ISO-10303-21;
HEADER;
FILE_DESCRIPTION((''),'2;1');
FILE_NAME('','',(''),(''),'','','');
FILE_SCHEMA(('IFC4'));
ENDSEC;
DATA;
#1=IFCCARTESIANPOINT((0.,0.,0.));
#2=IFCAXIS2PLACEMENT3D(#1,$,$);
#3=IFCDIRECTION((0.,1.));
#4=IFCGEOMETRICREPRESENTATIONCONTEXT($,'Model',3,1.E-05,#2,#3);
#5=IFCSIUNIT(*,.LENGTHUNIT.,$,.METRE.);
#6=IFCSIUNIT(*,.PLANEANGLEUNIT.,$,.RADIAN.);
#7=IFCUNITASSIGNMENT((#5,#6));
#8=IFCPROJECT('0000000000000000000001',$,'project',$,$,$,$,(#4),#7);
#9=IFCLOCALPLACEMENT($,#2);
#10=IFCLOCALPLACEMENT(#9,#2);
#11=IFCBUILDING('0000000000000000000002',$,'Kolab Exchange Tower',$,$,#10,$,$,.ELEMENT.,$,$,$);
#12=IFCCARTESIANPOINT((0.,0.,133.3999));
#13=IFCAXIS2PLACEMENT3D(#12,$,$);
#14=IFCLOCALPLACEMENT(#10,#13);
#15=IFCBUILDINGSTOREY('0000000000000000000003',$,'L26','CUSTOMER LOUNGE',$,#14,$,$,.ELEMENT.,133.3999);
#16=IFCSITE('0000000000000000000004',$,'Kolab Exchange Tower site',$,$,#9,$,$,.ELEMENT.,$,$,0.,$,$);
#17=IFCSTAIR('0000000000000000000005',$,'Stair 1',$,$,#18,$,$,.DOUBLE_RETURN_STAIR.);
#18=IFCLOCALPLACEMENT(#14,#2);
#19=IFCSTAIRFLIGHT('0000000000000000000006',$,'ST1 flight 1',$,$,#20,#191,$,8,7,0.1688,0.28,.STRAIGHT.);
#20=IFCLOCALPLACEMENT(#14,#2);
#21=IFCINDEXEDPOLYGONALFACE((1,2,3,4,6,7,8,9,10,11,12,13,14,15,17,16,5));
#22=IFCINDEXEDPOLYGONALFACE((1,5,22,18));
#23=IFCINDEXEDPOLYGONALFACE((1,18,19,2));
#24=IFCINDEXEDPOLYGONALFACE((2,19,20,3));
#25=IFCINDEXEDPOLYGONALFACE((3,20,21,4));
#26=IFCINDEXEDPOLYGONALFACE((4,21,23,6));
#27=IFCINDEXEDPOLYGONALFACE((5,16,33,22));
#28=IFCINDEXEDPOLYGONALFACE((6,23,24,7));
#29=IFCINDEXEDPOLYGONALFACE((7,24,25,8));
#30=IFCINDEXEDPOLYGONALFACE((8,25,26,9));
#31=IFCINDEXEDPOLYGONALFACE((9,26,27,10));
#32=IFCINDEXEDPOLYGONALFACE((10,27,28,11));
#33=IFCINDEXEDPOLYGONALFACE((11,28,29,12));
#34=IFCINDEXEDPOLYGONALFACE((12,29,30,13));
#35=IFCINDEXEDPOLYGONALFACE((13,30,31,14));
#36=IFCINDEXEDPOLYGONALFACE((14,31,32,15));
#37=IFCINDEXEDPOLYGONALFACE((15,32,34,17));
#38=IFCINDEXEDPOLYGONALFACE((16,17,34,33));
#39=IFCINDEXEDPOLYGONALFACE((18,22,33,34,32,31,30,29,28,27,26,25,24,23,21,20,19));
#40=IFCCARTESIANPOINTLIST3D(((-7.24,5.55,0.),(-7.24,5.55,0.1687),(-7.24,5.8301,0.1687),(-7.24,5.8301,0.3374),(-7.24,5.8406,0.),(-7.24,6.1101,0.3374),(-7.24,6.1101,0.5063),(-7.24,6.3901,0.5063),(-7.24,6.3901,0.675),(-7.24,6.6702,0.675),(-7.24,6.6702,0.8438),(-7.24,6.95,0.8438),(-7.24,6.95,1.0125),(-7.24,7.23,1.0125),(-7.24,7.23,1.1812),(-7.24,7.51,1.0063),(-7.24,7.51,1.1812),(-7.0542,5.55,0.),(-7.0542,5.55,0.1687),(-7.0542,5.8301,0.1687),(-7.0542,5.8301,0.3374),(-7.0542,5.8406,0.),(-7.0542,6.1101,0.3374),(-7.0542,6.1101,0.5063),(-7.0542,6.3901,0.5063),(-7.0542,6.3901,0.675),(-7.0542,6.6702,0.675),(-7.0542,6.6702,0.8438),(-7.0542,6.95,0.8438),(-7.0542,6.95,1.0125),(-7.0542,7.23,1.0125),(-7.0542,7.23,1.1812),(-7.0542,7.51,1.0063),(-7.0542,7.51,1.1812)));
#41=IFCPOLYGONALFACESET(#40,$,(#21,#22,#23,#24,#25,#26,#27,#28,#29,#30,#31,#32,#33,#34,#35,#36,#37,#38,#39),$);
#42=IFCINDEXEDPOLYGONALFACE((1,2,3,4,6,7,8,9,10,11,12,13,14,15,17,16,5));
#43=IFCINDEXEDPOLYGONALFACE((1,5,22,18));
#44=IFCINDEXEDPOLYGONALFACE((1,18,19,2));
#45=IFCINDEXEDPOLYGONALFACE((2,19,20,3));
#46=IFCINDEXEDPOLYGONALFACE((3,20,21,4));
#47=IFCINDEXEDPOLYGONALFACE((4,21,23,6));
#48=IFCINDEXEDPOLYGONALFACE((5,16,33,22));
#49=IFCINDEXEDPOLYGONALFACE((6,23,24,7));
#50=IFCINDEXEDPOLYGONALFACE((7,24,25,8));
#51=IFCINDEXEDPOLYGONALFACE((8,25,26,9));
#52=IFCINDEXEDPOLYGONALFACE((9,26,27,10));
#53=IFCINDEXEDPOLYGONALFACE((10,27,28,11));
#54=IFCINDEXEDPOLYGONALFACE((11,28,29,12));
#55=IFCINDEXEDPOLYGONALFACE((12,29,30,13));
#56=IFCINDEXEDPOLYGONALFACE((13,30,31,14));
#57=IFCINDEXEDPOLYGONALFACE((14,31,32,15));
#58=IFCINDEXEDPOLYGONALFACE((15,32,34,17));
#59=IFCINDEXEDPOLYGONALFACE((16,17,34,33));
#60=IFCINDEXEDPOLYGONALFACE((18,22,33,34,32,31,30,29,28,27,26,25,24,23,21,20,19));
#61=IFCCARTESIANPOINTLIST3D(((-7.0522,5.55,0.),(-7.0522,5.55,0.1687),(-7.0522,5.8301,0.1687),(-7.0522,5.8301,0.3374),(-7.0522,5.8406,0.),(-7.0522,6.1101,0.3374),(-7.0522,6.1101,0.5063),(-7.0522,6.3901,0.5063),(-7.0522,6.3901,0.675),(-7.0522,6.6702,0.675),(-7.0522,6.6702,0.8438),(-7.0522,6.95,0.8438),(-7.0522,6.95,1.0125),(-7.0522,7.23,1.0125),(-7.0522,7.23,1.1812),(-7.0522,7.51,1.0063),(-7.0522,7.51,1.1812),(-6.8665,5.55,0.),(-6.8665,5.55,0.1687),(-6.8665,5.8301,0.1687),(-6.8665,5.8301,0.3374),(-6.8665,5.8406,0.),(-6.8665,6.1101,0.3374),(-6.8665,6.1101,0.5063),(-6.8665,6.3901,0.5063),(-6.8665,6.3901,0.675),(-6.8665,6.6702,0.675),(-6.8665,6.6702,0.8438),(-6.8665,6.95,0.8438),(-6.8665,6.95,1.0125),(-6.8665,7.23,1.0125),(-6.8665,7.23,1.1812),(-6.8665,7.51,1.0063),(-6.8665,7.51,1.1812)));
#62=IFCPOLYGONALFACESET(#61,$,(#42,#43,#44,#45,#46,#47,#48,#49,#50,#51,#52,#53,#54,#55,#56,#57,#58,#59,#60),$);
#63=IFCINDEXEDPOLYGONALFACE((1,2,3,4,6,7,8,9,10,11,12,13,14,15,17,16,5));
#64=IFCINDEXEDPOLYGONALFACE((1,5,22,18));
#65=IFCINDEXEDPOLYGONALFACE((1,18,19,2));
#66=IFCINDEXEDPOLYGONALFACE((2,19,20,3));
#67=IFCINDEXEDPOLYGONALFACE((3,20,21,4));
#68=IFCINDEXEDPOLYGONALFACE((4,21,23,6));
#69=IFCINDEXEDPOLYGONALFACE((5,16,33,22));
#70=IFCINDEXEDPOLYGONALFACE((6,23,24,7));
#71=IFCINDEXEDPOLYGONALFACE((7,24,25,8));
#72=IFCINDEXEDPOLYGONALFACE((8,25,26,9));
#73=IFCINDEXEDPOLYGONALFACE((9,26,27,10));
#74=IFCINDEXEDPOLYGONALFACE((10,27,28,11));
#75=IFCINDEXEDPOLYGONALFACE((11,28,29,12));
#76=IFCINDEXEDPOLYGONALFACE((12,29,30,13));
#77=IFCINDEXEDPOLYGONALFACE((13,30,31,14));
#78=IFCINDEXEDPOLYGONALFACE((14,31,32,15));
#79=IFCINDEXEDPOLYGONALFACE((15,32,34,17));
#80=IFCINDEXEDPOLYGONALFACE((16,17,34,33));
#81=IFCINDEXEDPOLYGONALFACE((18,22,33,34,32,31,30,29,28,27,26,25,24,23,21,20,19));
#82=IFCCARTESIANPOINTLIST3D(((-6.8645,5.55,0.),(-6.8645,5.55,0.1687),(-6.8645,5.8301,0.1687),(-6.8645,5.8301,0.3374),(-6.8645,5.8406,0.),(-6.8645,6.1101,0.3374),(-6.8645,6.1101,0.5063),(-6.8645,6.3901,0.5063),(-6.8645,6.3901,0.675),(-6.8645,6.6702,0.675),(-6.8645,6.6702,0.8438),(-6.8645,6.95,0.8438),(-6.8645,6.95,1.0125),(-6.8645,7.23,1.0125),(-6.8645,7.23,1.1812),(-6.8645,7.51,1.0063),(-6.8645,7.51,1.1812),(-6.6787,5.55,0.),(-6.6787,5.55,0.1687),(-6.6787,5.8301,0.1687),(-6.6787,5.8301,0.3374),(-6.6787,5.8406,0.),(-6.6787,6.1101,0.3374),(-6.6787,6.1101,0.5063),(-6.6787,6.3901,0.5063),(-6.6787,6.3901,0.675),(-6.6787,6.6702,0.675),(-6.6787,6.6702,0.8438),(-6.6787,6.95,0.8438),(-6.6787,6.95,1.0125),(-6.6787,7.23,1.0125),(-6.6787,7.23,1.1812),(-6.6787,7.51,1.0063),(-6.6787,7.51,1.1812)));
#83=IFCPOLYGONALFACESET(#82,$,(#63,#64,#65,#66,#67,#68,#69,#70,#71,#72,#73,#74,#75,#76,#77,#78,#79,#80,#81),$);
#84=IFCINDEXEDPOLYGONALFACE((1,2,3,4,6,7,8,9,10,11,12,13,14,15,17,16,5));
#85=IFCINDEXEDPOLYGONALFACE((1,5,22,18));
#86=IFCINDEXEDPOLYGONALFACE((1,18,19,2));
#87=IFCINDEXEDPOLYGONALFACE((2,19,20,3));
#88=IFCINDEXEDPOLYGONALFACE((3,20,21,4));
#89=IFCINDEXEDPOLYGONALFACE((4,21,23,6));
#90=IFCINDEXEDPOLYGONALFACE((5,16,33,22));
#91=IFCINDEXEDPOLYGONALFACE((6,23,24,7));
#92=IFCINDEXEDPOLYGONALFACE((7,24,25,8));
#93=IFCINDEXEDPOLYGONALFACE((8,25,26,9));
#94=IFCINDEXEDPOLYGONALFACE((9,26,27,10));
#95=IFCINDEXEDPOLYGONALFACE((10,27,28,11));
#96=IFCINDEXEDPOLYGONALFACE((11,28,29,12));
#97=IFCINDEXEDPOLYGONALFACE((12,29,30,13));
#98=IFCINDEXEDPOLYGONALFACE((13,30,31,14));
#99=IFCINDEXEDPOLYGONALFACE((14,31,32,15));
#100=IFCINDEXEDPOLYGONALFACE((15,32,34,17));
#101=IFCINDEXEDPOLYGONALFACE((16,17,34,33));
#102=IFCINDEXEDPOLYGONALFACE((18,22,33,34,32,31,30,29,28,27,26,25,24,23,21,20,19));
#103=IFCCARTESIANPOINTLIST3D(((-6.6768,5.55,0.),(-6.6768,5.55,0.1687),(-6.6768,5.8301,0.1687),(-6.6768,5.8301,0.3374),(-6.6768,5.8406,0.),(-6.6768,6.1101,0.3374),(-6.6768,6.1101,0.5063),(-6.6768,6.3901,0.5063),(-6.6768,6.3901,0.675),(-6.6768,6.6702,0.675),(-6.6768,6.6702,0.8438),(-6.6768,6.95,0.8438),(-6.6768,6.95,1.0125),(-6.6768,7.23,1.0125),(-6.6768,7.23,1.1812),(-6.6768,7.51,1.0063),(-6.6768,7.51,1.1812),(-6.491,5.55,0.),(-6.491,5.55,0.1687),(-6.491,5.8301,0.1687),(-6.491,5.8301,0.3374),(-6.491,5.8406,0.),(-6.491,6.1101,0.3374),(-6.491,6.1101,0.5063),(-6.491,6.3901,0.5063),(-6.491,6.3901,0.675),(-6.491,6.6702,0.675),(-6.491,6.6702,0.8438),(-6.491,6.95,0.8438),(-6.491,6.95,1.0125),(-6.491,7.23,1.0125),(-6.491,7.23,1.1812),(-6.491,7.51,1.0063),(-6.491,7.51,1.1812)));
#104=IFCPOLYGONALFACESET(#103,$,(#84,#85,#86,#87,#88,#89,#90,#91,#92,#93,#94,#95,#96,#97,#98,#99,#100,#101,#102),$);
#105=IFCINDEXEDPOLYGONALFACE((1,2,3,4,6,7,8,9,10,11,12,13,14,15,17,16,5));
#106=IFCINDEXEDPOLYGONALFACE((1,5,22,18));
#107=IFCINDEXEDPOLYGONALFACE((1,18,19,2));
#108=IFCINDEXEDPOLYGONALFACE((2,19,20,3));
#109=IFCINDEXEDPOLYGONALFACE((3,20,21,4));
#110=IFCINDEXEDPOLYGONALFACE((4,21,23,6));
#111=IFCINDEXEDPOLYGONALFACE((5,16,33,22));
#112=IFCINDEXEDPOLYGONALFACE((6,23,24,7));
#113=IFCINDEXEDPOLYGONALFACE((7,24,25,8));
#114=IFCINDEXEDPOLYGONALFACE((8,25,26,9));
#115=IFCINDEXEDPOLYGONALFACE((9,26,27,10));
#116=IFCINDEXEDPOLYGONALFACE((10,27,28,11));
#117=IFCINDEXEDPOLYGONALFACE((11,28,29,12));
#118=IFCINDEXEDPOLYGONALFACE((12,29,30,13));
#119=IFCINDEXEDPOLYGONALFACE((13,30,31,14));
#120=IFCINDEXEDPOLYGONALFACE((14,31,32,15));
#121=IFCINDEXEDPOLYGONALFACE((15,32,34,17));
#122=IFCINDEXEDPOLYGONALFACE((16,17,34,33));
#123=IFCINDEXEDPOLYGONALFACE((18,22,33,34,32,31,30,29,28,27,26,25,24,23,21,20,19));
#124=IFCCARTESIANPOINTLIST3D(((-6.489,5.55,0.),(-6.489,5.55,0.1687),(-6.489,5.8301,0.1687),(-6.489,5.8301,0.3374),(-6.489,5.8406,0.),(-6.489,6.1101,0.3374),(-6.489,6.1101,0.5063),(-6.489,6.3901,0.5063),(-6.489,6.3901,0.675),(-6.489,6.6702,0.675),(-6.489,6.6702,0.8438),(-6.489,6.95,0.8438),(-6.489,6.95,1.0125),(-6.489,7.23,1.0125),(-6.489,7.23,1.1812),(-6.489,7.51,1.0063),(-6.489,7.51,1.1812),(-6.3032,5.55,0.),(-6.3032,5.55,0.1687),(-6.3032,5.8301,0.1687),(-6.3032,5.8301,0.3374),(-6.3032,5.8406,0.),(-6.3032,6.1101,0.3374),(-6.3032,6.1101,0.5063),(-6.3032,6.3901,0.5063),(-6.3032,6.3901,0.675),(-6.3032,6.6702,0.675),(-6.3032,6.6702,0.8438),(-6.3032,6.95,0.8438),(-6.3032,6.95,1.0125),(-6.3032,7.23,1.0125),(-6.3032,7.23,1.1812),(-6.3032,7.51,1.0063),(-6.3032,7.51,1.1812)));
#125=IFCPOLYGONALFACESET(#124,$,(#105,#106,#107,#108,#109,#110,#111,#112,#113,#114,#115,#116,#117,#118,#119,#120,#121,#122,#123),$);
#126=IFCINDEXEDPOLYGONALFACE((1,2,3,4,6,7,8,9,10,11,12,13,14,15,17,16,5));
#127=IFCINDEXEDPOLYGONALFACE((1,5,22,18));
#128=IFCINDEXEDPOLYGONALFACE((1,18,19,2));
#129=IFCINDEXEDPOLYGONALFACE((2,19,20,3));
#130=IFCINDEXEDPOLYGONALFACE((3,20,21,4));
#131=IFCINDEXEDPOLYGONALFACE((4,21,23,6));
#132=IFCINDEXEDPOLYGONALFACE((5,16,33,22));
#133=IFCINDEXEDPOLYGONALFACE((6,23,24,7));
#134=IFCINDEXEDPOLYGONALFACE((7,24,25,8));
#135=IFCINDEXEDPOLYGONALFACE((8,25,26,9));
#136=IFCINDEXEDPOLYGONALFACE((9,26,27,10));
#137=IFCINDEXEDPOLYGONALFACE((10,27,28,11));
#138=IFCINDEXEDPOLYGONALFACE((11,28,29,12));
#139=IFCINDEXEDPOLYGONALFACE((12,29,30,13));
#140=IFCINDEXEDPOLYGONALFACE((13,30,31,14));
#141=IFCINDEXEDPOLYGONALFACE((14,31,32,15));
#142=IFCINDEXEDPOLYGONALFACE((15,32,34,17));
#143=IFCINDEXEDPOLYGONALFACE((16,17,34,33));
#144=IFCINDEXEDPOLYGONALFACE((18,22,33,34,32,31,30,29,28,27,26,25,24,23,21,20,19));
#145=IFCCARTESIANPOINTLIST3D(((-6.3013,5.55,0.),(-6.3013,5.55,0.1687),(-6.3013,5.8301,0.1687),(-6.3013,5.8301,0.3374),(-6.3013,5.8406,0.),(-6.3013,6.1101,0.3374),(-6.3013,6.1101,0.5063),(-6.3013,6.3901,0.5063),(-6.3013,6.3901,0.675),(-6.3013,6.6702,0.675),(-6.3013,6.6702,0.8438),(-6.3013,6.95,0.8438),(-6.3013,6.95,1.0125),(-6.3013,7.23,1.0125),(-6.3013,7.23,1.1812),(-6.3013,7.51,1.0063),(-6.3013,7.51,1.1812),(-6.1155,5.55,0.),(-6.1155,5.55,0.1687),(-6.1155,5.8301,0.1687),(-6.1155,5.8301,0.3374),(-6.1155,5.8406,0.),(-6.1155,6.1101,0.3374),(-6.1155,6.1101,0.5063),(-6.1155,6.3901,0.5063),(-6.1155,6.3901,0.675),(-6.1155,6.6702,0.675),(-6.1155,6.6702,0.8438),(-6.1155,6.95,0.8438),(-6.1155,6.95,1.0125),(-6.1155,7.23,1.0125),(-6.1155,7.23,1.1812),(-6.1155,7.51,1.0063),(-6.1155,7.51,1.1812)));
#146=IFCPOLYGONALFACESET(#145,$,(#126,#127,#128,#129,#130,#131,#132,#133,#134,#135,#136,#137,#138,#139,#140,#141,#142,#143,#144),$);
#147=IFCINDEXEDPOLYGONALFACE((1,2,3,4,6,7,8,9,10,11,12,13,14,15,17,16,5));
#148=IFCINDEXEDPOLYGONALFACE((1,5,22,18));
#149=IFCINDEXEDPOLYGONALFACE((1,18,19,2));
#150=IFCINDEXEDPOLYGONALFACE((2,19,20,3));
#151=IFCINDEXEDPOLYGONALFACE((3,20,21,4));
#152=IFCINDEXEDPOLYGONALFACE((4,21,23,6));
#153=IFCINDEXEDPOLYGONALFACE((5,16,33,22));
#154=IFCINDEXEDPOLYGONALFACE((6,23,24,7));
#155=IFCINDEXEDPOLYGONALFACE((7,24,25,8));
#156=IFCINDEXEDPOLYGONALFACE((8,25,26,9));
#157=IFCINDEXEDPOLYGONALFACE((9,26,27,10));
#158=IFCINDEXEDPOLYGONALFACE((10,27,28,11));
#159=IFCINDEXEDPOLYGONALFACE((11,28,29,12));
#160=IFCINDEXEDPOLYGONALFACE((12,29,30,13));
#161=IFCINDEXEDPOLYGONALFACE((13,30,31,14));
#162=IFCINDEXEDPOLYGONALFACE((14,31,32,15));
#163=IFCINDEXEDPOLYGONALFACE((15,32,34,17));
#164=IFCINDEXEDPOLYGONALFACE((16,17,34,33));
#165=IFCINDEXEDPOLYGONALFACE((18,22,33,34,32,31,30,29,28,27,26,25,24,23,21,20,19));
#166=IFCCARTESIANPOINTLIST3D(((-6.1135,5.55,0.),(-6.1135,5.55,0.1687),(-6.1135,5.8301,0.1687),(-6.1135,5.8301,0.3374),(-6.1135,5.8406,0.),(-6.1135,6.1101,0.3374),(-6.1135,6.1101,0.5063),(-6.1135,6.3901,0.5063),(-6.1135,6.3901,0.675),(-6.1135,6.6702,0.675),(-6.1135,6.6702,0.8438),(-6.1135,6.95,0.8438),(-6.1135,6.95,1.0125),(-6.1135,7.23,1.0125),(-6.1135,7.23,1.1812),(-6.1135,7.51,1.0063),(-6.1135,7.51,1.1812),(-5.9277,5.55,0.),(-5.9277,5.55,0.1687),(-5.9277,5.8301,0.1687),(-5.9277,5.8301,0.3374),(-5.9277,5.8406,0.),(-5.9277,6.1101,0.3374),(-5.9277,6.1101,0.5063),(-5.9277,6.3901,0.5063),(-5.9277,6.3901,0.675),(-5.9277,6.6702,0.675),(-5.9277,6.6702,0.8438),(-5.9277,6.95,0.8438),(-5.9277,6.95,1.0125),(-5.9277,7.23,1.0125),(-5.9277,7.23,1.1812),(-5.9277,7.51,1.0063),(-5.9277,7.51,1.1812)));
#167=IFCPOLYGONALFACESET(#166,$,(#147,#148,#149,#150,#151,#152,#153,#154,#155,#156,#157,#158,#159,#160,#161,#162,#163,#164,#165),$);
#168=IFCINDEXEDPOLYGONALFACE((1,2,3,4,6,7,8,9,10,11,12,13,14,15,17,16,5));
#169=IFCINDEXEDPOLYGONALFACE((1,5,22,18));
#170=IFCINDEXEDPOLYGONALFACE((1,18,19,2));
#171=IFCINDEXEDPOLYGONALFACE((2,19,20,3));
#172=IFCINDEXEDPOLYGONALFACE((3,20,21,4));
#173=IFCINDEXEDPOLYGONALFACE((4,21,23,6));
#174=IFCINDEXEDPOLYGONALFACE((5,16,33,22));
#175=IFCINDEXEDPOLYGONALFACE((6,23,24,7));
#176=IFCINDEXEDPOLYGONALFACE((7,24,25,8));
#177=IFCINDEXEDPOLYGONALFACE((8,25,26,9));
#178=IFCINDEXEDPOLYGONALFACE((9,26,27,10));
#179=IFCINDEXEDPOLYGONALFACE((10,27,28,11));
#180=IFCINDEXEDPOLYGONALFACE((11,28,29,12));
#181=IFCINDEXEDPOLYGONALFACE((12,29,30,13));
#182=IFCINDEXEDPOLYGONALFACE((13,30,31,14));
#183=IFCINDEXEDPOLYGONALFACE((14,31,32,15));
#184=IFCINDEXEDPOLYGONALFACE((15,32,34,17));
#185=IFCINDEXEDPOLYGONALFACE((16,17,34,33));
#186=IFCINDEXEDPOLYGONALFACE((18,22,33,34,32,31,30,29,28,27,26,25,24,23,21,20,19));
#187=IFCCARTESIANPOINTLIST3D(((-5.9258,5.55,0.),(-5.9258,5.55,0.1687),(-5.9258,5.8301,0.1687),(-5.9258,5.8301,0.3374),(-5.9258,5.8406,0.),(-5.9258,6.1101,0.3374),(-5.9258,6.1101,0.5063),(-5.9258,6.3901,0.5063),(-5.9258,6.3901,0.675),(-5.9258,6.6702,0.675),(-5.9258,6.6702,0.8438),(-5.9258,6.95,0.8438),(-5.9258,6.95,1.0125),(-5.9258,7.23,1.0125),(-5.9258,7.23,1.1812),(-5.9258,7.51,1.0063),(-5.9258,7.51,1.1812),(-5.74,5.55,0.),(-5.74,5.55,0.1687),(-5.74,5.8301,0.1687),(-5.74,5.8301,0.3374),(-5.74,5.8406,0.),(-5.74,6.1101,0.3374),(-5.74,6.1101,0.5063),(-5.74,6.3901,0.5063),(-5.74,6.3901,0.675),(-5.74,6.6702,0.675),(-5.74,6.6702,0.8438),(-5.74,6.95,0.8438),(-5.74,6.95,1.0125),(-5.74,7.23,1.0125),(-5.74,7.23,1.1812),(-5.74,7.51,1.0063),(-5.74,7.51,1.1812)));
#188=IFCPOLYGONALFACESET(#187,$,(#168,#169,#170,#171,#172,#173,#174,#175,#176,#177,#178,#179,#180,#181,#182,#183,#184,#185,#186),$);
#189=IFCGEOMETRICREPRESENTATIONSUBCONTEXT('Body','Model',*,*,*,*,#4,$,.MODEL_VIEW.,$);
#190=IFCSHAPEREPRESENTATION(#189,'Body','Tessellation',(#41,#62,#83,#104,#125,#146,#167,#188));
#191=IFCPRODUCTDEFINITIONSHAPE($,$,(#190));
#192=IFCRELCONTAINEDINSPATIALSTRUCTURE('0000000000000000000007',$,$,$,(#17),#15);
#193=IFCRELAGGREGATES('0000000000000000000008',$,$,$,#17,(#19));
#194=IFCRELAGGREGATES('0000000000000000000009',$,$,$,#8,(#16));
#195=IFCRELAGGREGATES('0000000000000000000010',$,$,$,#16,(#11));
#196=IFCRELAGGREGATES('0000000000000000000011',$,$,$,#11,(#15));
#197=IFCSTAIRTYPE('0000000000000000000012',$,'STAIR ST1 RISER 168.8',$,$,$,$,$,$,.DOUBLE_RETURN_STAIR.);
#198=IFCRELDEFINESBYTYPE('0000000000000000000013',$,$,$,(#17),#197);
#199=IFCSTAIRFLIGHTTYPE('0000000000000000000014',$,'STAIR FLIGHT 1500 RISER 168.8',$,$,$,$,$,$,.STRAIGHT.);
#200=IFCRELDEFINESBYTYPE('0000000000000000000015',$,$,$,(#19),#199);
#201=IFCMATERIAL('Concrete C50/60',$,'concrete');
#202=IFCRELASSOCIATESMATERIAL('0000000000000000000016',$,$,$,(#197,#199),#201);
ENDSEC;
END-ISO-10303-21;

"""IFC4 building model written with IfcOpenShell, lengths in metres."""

from ifc_helpers import new_model, si_unit, direction, frame, origin, place, context, subcontext, project, spatial, polyline, outline, extrude, material, type_object, element, aggregate, save


model = new_model("IFC4")

# Units and contexts
model_context = context("Model", 3, precision=1e-05, world=origin(), true_north=direction((0.0, 1.0)))
body_context = subcontext(model_context, "Body", "Model", "MODEL_VIEW")
ifc_project = project(units=[si_unit("LENGTHUNIT", "METRE"), si_unit("PLANEANGLEUNIT", "RADIAN")], contexts=[model_context])

# Site, building, storey
site_placement = place(None, origin())
site = spatial("IfcSite", under=ifc_project, at=site_placement, Name="Kolab Exchange Tower site", CompositionType="ELEMENT", RefElevation=0.0)
building_placement = place(site_placement, origin())
building = spatial("IfcBuilding", under=site, at=building_placement, Name="Kolab Exchange Tower", CompositionType="ELEMENT")
storey_placement = place(building_placement, frame((0.0, 0.0, 133.3999)))
storey = spatial("IfcBuildingStorey", under=building, at=storey_placement, Name="L26", Description="CUSTOMER LOUNGE", CompositionType="ELEMENT", Elevation=133.3999)

# Shared definitions
ifc_material_1 = material(Name="Concrete C50/60", Category="concrete")

# Stair, stair flight
stair_type = type_object("IfcStairType", Name="STAIR ST1 RISER 168.8", PredefinedType="DOUBLE_RETURN_STAIR", material=ifc_material_1)
stair_placement = place(storey_placement, origin())
stair = element("IfcStair", 1, at=stair_placement, inside=storey, type_object=stair_type, Name="Stair 1", PredefinedType="DOUBLE_RETURN_STAIR")
stair_flight_type = type_object("IfcStairFlightType", Name="STAIR FLIGHT 1500 RISER 168.8", PredefinedType="STRAIGHT", material=ifc_material_1)
stair_flight_1_placement = place(storey_placement, frame((-6.49, 5.55, 0.0), z_axis=(0.0, 0.0, 1.0), x_axis=(0.0, 1.0, 0.0)))
stair_flight_1 = element("IfcStairFlight", 2, at=stair_flight_1_placement, type_object=stair_flight_type, Name="ST1 flight 1", NumberOfRisers=8, NumberOfTreads=7, PredefinedType="STRAIGHT", RiserHeight=0.1688, TreadLength=0.28, context=body_context, shape_type="SweptSolid", body=[
    extrude(outline(polyline([(0.0, 0.0), (0.0, 0.1687), (0.28, 0.1687), (0.28, 0.3374), (0.5601, 0.3374), (0.5601, 0.5063), (0.8401, 0.5063), (0.8401, 0.675), (1.1201, 0.675), (1.1201, 0.8438), (1.3999, 0.8438), (1.3999, 1.0125), (1.6799, 1.0125), (1.6799, 1.1812), (1.96, 1.1812), (1.96, 1.3501), (1.96, 1.0063), (0.2905, 0.0), (0.0, 0.0)])), frame((0.0, 0.75, 0.0), z_axis=(0.0, -1.0, 0.0), x_axis=(1.0, 0.0, 0.0)), (0.0, 0.0, 1.0), 0.1858),
    extrude(outline(polyline([(0.0, 0.0), (0.0, 0.1687), (0.28, 0.1687), (0.28, 0.3374), (0.5601, 0.3374), (0.5601, 0.5063), (0.8401, 0.5063), (0.8401, 0.675), (1.1201, 0.675), (1.1201, 0.8438), (1.3999, 0.8438), (1.3999, 1.0125), (1.6799, 1.0125), (1.6799, 1.1812), (1.96, 1.1812), (1.96, 1.3501), (1.96, 1.0063), (0.2905, 0.0), (0.0, 0.0)])), frame((0.0, 0.5623, 0.0), z_axis=(0.0, -1.0, 0.0), x_axis=(1.0, 0.0, 0.0)), (0.0, 0.0, 1.0), 0.1858),
    extrude(outline(polyline([(0.0, 0.0), (0.0, 0.1687), (0.28, 0.1687), (0.28, 0.3374), (0.5601, 0.3374), (0.5601, 0.5063), (0.8401, 0.5063), (0.8401, 0.675), (1.1201, 0.675), (1.1201, 0.8438), (1.3999, 0.8438), (1.3999, 1.0125), (1.6799, 1.0125), (1.6799, 1.1812), (1.96, 1.1812), (1.96, 1.3501), (1.96, 1.0063), (0.2905, 0.0), (0.0, 0.0)])), frame((0.0, 0.3745, 0.0), z_axis=(0.0, -1.0, 0.0), x_axis=(1.0, 0.0, 0.0)), (0.0, 0.0, 1.0), 0.1858),
    extrude(outline(polyline([(0.0, 0.0), (0.0, 0.1687), (0.28, 0.1687), (0.28, 0.3374), (0.5601, 0.3374), (0.5601, 0.5063), (0.8401, 0.5063), (0.8401, 0.675), (1.1201, 0.675), (1.1201, 0.8438), (1.3999, 0.8438), (1.3999, 1.0125), (1.6799, 1.0125), (1.6799, 1.1812), (1.96, 1.1812), (1.96, 1.3501), (1.96, 1.0063), (0.2905, 0.0), (0.0, 0.0)])), frame((0.0, 0.1868, 0.0), z_axis=(0.0, -1.0, 0.0), x_axis=(1.0, 0.0, 0.0)), (0.0, 0.0, 1.0), 0.1858),
    extrude(outline(polyline([(0.0, 0.0), (0.0, 0.1687), (0.28, 0.1687), (0.28, 0.3374), (0.5601, 0.3374), (0.5601, 0.5063), (0.8401, 0.5063), (0.8401, 0.675), (1.1201, 0.675), (1.1201, 0.8438), (1.3999, 0.8438), (1.3999, 1.0125), (1.6799, 1.0125), (1.6799, 1.1812), (1.96, 1.1812), (1.96, 1.3501), (1.96, 1.0063), (0.2905, 0.0), (0.0, 0.0)])), frame((0.0, -0.001, 0.0), z_axis=(0.0, -1.0, 0.0), x_axis=(1.0, 0.0, 0.0)), (0.0, 0.0, 1.0), 0.1858),
    extrude(outline(polyline([(0.0, 0.0), (0.0, 0.1687), (0.28, 0.1687), (0.28, 0.3374), (0.5601, 0.3374), (0.5601, 0.5063), (0.8401, 0.5063), (0.8401, 0.675), (1.1201, 0.675), (1.1201, 0.8438), (1.3999, 0.8438), (1.3999, 1.0125), (1.6799, 1.0125), (1.6799, 1.1812), (1.96, 1.1812), (1.96, 1.3501), (1.96, 1.0063), (0.2905, 0.0), (0.0, 0.0)])), frame((0.0, -0.1887, 0.0), z_axis=(0.0, -1.0, 0.0), x_axis=(1.0, 0.0, 0.0)), (0.0, 0.0, 1.0), 0.1858),
    extrude(outline(polyline([(0.0, 0.0), (0.0, 0.1687), (0.28, 0.1687), (0.28, 0.3374), (0.5601, 0.3374), (0.5601, 0.5063), (0.8401, 0.5063), (0.8401, 0.675), (1.1201, 0.675), (1.1201, 0.8438), (1.3999, 0.8438), (1.3999, 1.0125), (1.6799, 1.0125), (1.6799, 1.1812), (1.96, 1.1812), (1.96, 1.3501), (1.96, 1.0063), (0.2905, 0.0), (0.0, 0.0)])), frame((0.0, -0.3765, 0.0), z_axis=(0.0, -1.0, 0.0), x_axis=(1.0, 0.0, 0.0)), (0.0, 0.0, 1.0), 0.1858),
    extrude(outline(polyline([(0.0, 0.0), (0.0, 0.1687), (0.28, 0.1687), (0.28, 0.3374), (0.5601, 0.3374), (0.5601, 0.5063), (0.8401, 0.5063), (0.8401, 0.675), (1.1201, 0.675), (1.1201, 0.8438), (1.3999, 0.8438), (1.3999, 1.0125), (1.6799, 1.0125), (1.6799, 1.1812), (1.96, 1.1812), (1.96, 1.3501), (1.96, 1.0063), (0.2905, 0.0), (0.0, 0.0)])), frame((0.0, -0.5642, 0.0), z_axis=(0.0, -1.0, 0.0), x_axis=(1.0, 0.0, 0.0)), (0.0, 0.0, 1.0), 0.1858),
])
aggregate(stair, [stair_flight_1])

save(model, "model.ifc")
